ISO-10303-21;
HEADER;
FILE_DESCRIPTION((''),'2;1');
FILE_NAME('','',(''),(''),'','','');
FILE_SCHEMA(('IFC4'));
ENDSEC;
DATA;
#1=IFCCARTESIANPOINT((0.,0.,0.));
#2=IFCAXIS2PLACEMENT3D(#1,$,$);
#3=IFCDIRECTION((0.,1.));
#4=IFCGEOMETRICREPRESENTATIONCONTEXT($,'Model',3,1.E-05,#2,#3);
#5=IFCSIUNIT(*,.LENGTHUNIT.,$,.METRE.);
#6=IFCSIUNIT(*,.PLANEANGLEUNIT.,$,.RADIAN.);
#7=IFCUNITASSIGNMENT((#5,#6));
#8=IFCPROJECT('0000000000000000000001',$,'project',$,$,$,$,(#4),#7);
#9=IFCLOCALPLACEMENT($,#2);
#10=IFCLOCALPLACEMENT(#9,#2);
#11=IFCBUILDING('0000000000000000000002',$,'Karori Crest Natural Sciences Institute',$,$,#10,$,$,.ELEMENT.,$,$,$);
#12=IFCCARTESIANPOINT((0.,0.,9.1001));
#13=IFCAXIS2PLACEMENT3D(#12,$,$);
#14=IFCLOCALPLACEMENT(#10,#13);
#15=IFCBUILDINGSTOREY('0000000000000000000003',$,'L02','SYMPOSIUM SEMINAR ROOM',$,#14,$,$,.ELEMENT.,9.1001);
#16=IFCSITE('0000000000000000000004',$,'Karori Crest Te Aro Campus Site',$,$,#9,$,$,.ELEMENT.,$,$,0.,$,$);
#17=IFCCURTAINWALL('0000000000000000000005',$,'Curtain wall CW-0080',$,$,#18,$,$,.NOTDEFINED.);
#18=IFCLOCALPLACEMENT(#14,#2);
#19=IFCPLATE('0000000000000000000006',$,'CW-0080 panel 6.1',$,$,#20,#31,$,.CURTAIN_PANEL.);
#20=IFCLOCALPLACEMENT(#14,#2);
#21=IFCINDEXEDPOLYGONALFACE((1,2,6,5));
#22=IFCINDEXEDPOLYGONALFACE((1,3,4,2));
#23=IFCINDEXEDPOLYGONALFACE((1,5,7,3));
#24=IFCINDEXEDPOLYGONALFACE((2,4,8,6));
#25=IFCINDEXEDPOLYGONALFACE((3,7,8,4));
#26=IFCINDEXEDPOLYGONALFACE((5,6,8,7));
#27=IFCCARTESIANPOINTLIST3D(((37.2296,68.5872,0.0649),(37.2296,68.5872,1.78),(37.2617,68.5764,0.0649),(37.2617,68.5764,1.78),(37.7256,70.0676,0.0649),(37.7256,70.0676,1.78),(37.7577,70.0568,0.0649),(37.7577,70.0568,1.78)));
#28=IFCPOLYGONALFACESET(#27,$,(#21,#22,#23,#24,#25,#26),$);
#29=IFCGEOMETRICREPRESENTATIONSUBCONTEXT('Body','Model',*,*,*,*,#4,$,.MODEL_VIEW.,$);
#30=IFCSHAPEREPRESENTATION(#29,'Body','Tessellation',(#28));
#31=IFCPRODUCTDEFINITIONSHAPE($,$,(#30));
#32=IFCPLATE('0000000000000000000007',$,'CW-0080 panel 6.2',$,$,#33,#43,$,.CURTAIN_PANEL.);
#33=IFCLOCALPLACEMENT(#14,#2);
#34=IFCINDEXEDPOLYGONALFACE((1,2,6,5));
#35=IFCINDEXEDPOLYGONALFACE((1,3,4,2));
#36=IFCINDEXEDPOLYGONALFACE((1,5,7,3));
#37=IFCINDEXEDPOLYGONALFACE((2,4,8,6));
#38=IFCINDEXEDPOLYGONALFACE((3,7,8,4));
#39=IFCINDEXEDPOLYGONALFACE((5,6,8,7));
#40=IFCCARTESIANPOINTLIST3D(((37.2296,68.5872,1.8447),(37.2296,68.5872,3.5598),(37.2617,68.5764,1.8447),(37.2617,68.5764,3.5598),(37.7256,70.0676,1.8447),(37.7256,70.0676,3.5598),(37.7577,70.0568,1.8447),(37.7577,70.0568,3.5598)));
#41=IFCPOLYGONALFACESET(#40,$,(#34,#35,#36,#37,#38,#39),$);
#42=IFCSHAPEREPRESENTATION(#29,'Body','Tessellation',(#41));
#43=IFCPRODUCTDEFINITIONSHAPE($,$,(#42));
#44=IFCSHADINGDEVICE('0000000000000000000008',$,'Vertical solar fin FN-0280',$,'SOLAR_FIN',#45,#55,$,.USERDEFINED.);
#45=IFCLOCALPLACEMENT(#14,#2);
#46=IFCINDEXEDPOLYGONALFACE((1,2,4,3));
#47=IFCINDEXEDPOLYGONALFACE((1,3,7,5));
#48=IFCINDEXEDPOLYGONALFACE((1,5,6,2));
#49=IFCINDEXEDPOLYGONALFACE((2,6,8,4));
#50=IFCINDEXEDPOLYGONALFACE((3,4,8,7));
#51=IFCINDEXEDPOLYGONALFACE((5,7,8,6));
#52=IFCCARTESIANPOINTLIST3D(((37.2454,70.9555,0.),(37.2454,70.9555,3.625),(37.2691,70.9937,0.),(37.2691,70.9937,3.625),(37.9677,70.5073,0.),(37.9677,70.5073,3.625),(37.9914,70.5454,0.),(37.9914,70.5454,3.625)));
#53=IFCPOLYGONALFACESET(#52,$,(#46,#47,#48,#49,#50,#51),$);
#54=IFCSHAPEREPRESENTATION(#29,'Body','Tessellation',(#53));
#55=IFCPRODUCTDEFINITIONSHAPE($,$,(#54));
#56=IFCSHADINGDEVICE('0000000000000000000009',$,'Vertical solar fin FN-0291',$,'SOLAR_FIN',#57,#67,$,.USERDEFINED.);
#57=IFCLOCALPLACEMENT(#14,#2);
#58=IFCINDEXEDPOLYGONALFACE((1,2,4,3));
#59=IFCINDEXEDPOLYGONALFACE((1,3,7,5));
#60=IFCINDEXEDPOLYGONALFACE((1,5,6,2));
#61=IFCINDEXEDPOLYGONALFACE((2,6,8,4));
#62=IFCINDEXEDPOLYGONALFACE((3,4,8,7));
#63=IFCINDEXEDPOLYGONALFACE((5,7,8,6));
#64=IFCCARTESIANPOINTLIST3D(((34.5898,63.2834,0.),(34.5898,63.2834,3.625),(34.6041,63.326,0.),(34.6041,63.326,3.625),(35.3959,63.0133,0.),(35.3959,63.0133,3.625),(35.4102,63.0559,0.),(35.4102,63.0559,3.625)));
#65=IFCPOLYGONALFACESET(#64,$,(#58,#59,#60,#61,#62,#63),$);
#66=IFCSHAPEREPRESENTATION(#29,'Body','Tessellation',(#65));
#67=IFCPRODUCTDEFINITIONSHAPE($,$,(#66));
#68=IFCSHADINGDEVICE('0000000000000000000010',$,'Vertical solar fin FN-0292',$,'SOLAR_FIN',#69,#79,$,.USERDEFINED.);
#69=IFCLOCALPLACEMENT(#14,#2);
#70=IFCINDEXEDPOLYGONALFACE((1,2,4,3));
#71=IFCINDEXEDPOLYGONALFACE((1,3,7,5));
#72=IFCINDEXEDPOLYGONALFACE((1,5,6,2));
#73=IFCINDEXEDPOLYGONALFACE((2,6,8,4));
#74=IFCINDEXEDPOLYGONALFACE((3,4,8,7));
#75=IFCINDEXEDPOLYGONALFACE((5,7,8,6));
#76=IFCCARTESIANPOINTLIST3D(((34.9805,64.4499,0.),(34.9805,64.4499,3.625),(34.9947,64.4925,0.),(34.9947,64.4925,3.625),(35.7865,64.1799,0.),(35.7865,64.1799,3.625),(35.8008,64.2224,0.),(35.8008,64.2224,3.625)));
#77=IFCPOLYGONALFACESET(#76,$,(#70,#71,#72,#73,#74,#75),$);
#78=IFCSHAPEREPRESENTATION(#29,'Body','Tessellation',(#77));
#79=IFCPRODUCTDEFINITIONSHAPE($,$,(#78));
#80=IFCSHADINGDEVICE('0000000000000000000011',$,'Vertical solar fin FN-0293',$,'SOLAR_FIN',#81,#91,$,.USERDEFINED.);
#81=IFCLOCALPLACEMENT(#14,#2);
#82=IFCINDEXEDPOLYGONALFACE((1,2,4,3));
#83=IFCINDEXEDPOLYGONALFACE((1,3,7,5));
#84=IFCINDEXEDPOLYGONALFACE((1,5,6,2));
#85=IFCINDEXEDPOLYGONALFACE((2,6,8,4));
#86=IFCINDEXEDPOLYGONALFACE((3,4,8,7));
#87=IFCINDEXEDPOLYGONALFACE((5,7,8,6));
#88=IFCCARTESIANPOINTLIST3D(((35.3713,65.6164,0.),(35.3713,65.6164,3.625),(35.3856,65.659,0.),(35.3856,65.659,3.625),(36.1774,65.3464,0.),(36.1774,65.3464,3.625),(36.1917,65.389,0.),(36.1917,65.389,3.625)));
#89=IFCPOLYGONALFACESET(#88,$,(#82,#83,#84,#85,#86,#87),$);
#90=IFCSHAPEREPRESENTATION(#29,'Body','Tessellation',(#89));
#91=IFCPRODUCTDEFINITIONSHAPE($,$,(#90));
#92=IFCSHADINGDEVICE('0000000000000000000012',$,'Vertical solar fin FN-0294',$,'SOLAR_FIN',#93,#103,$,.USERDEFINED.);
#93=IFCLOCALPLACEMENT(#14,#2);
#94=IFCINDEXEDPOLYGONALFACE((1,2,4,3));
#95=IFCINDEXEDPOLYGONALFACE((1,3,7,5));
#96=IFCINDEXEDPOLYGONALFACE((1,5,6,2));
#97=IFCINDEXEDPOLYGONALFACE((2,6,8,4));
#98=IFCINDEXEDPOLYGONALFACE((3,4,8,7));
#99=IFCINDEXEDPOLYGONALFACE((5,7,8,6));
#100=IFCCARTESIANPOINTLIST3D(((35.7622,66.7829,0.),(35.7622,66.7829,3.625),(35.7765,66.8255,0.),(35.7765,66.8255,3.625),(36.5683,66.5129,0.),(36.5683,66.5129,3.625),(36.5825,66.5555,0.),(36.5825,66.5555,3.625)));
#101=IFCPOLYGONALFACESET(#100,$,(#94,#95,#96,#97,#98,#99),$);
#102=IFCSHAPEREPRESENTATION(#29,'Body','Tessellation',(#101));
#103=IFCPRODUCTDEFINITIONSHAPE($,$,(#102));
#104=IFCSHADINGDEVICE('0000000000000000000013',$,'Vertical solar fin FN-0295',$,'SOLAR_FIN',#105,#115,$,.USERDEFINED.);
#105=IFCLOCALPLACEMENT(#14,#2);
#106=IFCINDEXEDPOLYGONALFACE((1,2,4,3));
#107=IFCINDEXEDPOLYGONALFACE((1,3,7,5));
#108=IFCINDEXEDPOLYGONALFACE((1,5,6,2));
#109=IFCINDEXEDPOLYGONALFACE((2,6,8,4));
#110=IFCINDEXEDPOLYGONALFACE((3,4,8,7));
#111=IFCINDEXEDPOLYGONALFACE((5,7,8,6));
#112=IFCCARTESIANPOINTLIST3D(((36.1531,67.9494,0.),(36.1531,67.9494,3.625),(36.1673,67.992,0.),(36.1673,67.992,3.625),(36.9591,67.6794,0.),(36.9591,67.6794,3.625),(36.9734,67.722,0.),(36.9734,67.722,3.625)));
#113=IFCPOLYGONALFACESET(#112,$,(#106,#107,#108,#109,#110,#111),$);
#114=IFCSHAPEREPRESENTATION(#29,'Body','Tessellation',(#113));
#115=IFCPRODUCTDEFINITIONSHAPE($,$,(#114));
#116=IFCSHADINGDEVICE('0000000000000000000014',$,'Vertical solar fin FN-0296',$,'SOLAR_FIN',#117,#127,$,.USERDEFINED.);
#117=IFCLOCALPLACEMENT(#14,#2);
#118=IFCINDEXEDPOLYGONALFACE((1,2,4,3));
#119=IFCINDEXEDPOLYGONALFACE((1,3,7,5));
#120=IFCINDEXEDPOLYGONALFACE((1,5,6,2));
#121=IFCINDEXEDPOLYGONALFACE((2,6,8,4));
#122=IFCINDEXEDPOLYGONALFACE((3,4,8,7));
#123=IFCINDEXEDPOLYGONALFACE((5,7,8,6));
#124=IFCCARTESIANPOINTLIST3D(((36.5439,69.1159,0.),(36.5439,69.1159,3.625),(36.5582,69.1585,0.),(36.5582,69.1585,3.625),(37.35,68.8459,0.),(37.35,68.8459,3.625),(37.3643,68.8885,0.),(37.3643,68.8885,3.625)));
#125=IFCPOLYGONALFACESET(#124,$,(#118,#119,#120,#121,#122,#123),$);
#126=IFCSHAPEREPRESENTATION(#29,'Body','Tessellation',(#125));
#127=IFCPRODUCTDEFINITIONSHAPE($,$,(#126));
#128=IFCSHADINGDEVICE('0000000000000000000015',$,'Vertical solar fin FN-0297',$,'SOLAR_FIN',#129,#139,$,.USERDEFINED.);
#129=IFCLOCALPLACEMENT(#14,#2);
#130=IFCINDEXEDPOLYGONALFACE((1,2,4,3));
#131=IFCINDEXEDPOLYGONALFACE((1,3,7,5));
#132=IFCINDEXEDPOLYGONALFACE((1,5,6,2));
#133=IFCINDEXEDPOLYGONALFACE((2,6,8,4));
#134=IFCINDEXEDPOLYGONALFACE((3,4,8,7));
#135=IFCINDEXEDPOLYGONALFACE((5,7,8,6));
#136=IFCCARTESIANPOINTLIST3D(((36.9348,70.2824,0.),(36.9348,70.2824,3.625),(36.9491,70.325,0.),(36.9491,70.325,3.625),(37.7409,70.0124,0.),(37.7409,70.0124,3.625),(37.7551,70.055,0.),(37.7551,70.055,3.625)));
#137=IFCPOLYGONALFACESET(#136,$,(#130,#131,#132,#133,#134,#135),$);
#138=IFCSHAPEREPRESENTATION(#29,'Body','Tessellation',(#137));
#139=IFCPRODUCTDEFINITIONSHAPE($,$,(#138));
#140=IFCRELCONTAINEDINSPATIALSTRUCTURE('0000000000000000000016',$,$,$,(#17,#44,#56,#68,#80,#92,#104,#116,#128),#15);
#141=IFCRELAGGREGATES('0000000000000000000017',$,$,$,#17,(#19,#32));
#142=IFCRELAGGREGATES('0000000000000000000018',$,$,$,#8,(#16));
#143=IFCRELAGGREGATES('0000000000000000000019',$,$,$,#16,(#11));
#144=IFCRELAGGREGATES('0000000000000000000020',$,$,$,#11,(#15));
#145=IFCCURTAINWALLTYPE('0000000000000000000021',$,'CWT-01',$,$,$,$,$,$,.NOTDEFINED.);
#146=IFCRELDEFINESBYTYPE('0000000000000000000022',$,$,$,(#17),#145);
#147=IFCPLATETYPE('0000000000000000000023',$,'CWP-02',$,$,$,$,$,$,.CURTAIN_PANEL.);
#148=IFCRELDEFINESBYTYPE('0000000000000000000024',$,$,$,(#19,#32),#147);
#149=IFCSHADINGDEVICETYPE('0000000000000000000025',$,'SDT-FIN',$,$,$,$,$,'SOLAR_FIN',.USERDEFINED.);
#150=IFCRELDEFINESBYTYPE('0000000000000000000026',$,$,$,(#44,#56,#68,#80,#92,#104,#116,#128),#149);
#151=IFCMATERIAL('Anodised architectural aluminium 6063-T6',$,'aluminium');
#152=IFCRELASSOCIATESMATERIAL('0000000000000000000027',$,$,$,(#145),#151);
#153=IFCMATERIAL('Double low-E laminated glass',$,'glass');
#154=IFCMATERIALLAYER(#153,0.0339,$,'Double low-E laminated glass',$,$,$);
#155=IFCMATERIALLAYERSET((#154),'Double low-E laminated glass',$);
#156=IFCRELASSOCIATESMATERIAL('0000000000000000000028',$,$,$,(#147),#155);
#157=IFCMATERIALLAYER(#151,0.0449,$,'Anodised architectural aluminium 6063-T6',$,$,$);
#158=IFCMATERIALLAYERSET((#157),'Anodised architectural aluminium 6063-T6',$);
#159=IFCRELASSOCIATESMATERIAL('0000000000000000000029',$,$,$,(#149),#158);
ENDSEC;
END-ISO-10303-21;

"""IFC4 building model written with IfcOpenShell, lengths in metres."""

from ifc_helpers import new_model, si_unit, direction, frame, origin, origin_2d, place, context, subcontext, project, spatial, rectangle, extrude, material, layer, layer_set, type_object, element, aggregate, save


model = new_model("IFC4")

# Units and contexts
model_context = context("Model", 3, precision=1e-05, world=origin(), true_north=direction((0.0, 1.0)))
body_context = subcontext(model_context, "Body", "Model", "MODEL_VIEW")
ifc_project = project(units=[si_unit("LENGTHUNIT", "METRE"), si_unit("PLANEANGLEUNIT", "RADIAN")], contexts=[model_context])

# Site, building, storey
site_placement = place(None, origin())
site = spatial("IfcSite", under=ifc_project, at=site_placement, Name="Karori Crest Te Aro Campus Site", CompositionType="ELEMENT", RefElevation=0.0)
building_placement = place(site_placement, origin())
building = spatial("IfcBuilding", under=site, at=building_placement, Name="Karori Crest Natural Sciences Institute", CompositionType="ELEMENT")
storey_placement = place(building_placement, frame((0.0, 0.0, 9.1001)))
storey = spatial("IfcBuildingStorey", under=building, at=storey_placement, Name="L02", Description="SYMPOSIUM SEMINAR ROOM", CompositionType="ELEMENT", Elevation=9.1001)

# Shared definitions
ifc_material_1 = material(Name="Anodised architectural aluminium 6063-T6", Category="aluminium")

# Curtain wall, plates
curtain_wall_type_1 = type_object("IfcCurtainWallType", Name="CWT-01", PredefinedType="NOTDEFINED", material=ifc_material_1)
curtain_wall_1_placement = place(storey_placement, origin())
curtain_wall_1 = element("IfcCurtainWall", 1, at=curtain_wall_1_placement, inside=storey, type_object=curtain_wall_type_1, Name="Curtain wall CW-0080", PredefinedType="NOTDEFINED")
ifc_material_2 = material(Name="Double low-E laminated glass", Category="glass")
ifc_layer_1 = layer(ifc_material_2, 0.0339, Name="Double low-E laminated glass")
ifc_layer_set_1 = layer_set([ifc_layer_1], Name="Double low-E laminated glass")
plate_type = type_object("IfcPlateType", Name="CWP-02", PredefinedType="CURTAIN_PANEL", material=ifc_layer_set_1)
plate_1_placement = place(storey_placement, frame((37.4937, 69.322, 0.0649), z_axis=(0.0, 0.0, 1.0), x_axis=(0.317685, 0.948196, 0.0)))
plate_1 = element("IfcPlate", 2, at=plate_1_placement, type_object=plate_type, Name="CW-0080 panel 6.1", PredefinedType="CURTAIN_PANEL", context=body_context, shape_type="SweptSolid", body=[
    extrude(rectangle(XDim=1.5613, YDim=0.0339, at=origin_2d()), origin(), (0.0, 0.0, 1.0), 1.7151),
])
plate_2_placement = place(storey_placement, frame((37.4937, 69.322, 1.8447), z_axis=(0.0, 0.0, 1.0), x_axis=(0.317685, 0.948196, 0.0)))
plate_2 = element("IfcPlate", 3, at=plate_2_placement, type_object=plate_type, Name="CW-0080 panel 6.2", PredefinedType="CURTAIN_PANEL", context=body_context, shape_type="SweptSolid", body=[
    extrude(rectangle(XDim=1.5613, YDim=0.0339, at=origin_2d()), origin(), (0.0, 0.0, 1.0), 1.7151),
])
aggregate(curtain_wall_1, [plate_1, plate_2])

# Shading devices
ifc_layer_2 = layer(ifc_material_1, 0.0449, Name="Anodised architectural aluminium 6063-T6")
ifc_layer_set_2 = layer_set([ifc_layer_2], Name="Anodised architectural aluminium 6063-T6")
shading_device_type = type_object("IfcShadingDeviceType", Name="SDT-FIN", ElementType="SOLAR_FIN", PredefinedType="USERDEFINED", material=ifc_layer_set_2)
for number, where, z_axis, x_axis, name in (
    (4, (37.6184, 70.7505, 0.0), (0.0, 0.0, 1.0), (-0.849662, 0.527328, 0.0), "Vertical solar fin FN-0280"),
    (5, (35.0, 63.1697, 0.0), (0.0, 0.0, 1.0), (-0.948196, 0.317685, 0.0), "Vertical solar fin FN-0291"),
    (6, (35.3906, 64.3362, 0.0), (0.0, 0.0, 1.0), (-0.948196, 0.317685, 0.0), "Vertical solar fin FN-0292"),
    (7, (35.7815, 65.5027, 0.0), (0.0, 0.0, 1.0), (-0.948196, 0.317685, 0.0), "Vertical solar fin FN-0293"),
    (8, (36.1724, 66.6692, 0.0), (0.0, 0.0, 1.0), (-0.948196, 0.317685, 0.0), "Vertical solar fin FN-0294"),
    (9, (36.5632, 67.8357, 0.0), (0.0, 0.0, 1.0), (-0.948196, 0.317685, 0.0), "Vertical solar fin FN-0295"),
    (10, (36.9541, 69.0022, 0.0), (0.0, 0.0, 1.0), (-0.948196, 0.317685, 0.0), "Vertical solar fin FN-0296"),
    (11, (37.345, 70.1687, 0.0), (0.0, 0.0, 1.0), (-0.948196, 0.317685, 0.0), "Vertical solar fin FN-0297"),
):
    element("IfcShadingDevice", number, at=place(storey_placement, frame(where, z_axis=z_axis, x_axis=x_axis)), inside=storey, type_object=shading_device_type, Name=name, ObjectType="SOLAR_FIN", PredefinedType="USERDEFINED", context=body_context, shape_type="SweptSolid", body=[
        extrude(rectangle(XDim=0.8501, YDim=0.0449, at=origin_2d()), origin(), (0.0, 0.0, 1.0), 3.625),
    ])

save(model, "model.ifc")
